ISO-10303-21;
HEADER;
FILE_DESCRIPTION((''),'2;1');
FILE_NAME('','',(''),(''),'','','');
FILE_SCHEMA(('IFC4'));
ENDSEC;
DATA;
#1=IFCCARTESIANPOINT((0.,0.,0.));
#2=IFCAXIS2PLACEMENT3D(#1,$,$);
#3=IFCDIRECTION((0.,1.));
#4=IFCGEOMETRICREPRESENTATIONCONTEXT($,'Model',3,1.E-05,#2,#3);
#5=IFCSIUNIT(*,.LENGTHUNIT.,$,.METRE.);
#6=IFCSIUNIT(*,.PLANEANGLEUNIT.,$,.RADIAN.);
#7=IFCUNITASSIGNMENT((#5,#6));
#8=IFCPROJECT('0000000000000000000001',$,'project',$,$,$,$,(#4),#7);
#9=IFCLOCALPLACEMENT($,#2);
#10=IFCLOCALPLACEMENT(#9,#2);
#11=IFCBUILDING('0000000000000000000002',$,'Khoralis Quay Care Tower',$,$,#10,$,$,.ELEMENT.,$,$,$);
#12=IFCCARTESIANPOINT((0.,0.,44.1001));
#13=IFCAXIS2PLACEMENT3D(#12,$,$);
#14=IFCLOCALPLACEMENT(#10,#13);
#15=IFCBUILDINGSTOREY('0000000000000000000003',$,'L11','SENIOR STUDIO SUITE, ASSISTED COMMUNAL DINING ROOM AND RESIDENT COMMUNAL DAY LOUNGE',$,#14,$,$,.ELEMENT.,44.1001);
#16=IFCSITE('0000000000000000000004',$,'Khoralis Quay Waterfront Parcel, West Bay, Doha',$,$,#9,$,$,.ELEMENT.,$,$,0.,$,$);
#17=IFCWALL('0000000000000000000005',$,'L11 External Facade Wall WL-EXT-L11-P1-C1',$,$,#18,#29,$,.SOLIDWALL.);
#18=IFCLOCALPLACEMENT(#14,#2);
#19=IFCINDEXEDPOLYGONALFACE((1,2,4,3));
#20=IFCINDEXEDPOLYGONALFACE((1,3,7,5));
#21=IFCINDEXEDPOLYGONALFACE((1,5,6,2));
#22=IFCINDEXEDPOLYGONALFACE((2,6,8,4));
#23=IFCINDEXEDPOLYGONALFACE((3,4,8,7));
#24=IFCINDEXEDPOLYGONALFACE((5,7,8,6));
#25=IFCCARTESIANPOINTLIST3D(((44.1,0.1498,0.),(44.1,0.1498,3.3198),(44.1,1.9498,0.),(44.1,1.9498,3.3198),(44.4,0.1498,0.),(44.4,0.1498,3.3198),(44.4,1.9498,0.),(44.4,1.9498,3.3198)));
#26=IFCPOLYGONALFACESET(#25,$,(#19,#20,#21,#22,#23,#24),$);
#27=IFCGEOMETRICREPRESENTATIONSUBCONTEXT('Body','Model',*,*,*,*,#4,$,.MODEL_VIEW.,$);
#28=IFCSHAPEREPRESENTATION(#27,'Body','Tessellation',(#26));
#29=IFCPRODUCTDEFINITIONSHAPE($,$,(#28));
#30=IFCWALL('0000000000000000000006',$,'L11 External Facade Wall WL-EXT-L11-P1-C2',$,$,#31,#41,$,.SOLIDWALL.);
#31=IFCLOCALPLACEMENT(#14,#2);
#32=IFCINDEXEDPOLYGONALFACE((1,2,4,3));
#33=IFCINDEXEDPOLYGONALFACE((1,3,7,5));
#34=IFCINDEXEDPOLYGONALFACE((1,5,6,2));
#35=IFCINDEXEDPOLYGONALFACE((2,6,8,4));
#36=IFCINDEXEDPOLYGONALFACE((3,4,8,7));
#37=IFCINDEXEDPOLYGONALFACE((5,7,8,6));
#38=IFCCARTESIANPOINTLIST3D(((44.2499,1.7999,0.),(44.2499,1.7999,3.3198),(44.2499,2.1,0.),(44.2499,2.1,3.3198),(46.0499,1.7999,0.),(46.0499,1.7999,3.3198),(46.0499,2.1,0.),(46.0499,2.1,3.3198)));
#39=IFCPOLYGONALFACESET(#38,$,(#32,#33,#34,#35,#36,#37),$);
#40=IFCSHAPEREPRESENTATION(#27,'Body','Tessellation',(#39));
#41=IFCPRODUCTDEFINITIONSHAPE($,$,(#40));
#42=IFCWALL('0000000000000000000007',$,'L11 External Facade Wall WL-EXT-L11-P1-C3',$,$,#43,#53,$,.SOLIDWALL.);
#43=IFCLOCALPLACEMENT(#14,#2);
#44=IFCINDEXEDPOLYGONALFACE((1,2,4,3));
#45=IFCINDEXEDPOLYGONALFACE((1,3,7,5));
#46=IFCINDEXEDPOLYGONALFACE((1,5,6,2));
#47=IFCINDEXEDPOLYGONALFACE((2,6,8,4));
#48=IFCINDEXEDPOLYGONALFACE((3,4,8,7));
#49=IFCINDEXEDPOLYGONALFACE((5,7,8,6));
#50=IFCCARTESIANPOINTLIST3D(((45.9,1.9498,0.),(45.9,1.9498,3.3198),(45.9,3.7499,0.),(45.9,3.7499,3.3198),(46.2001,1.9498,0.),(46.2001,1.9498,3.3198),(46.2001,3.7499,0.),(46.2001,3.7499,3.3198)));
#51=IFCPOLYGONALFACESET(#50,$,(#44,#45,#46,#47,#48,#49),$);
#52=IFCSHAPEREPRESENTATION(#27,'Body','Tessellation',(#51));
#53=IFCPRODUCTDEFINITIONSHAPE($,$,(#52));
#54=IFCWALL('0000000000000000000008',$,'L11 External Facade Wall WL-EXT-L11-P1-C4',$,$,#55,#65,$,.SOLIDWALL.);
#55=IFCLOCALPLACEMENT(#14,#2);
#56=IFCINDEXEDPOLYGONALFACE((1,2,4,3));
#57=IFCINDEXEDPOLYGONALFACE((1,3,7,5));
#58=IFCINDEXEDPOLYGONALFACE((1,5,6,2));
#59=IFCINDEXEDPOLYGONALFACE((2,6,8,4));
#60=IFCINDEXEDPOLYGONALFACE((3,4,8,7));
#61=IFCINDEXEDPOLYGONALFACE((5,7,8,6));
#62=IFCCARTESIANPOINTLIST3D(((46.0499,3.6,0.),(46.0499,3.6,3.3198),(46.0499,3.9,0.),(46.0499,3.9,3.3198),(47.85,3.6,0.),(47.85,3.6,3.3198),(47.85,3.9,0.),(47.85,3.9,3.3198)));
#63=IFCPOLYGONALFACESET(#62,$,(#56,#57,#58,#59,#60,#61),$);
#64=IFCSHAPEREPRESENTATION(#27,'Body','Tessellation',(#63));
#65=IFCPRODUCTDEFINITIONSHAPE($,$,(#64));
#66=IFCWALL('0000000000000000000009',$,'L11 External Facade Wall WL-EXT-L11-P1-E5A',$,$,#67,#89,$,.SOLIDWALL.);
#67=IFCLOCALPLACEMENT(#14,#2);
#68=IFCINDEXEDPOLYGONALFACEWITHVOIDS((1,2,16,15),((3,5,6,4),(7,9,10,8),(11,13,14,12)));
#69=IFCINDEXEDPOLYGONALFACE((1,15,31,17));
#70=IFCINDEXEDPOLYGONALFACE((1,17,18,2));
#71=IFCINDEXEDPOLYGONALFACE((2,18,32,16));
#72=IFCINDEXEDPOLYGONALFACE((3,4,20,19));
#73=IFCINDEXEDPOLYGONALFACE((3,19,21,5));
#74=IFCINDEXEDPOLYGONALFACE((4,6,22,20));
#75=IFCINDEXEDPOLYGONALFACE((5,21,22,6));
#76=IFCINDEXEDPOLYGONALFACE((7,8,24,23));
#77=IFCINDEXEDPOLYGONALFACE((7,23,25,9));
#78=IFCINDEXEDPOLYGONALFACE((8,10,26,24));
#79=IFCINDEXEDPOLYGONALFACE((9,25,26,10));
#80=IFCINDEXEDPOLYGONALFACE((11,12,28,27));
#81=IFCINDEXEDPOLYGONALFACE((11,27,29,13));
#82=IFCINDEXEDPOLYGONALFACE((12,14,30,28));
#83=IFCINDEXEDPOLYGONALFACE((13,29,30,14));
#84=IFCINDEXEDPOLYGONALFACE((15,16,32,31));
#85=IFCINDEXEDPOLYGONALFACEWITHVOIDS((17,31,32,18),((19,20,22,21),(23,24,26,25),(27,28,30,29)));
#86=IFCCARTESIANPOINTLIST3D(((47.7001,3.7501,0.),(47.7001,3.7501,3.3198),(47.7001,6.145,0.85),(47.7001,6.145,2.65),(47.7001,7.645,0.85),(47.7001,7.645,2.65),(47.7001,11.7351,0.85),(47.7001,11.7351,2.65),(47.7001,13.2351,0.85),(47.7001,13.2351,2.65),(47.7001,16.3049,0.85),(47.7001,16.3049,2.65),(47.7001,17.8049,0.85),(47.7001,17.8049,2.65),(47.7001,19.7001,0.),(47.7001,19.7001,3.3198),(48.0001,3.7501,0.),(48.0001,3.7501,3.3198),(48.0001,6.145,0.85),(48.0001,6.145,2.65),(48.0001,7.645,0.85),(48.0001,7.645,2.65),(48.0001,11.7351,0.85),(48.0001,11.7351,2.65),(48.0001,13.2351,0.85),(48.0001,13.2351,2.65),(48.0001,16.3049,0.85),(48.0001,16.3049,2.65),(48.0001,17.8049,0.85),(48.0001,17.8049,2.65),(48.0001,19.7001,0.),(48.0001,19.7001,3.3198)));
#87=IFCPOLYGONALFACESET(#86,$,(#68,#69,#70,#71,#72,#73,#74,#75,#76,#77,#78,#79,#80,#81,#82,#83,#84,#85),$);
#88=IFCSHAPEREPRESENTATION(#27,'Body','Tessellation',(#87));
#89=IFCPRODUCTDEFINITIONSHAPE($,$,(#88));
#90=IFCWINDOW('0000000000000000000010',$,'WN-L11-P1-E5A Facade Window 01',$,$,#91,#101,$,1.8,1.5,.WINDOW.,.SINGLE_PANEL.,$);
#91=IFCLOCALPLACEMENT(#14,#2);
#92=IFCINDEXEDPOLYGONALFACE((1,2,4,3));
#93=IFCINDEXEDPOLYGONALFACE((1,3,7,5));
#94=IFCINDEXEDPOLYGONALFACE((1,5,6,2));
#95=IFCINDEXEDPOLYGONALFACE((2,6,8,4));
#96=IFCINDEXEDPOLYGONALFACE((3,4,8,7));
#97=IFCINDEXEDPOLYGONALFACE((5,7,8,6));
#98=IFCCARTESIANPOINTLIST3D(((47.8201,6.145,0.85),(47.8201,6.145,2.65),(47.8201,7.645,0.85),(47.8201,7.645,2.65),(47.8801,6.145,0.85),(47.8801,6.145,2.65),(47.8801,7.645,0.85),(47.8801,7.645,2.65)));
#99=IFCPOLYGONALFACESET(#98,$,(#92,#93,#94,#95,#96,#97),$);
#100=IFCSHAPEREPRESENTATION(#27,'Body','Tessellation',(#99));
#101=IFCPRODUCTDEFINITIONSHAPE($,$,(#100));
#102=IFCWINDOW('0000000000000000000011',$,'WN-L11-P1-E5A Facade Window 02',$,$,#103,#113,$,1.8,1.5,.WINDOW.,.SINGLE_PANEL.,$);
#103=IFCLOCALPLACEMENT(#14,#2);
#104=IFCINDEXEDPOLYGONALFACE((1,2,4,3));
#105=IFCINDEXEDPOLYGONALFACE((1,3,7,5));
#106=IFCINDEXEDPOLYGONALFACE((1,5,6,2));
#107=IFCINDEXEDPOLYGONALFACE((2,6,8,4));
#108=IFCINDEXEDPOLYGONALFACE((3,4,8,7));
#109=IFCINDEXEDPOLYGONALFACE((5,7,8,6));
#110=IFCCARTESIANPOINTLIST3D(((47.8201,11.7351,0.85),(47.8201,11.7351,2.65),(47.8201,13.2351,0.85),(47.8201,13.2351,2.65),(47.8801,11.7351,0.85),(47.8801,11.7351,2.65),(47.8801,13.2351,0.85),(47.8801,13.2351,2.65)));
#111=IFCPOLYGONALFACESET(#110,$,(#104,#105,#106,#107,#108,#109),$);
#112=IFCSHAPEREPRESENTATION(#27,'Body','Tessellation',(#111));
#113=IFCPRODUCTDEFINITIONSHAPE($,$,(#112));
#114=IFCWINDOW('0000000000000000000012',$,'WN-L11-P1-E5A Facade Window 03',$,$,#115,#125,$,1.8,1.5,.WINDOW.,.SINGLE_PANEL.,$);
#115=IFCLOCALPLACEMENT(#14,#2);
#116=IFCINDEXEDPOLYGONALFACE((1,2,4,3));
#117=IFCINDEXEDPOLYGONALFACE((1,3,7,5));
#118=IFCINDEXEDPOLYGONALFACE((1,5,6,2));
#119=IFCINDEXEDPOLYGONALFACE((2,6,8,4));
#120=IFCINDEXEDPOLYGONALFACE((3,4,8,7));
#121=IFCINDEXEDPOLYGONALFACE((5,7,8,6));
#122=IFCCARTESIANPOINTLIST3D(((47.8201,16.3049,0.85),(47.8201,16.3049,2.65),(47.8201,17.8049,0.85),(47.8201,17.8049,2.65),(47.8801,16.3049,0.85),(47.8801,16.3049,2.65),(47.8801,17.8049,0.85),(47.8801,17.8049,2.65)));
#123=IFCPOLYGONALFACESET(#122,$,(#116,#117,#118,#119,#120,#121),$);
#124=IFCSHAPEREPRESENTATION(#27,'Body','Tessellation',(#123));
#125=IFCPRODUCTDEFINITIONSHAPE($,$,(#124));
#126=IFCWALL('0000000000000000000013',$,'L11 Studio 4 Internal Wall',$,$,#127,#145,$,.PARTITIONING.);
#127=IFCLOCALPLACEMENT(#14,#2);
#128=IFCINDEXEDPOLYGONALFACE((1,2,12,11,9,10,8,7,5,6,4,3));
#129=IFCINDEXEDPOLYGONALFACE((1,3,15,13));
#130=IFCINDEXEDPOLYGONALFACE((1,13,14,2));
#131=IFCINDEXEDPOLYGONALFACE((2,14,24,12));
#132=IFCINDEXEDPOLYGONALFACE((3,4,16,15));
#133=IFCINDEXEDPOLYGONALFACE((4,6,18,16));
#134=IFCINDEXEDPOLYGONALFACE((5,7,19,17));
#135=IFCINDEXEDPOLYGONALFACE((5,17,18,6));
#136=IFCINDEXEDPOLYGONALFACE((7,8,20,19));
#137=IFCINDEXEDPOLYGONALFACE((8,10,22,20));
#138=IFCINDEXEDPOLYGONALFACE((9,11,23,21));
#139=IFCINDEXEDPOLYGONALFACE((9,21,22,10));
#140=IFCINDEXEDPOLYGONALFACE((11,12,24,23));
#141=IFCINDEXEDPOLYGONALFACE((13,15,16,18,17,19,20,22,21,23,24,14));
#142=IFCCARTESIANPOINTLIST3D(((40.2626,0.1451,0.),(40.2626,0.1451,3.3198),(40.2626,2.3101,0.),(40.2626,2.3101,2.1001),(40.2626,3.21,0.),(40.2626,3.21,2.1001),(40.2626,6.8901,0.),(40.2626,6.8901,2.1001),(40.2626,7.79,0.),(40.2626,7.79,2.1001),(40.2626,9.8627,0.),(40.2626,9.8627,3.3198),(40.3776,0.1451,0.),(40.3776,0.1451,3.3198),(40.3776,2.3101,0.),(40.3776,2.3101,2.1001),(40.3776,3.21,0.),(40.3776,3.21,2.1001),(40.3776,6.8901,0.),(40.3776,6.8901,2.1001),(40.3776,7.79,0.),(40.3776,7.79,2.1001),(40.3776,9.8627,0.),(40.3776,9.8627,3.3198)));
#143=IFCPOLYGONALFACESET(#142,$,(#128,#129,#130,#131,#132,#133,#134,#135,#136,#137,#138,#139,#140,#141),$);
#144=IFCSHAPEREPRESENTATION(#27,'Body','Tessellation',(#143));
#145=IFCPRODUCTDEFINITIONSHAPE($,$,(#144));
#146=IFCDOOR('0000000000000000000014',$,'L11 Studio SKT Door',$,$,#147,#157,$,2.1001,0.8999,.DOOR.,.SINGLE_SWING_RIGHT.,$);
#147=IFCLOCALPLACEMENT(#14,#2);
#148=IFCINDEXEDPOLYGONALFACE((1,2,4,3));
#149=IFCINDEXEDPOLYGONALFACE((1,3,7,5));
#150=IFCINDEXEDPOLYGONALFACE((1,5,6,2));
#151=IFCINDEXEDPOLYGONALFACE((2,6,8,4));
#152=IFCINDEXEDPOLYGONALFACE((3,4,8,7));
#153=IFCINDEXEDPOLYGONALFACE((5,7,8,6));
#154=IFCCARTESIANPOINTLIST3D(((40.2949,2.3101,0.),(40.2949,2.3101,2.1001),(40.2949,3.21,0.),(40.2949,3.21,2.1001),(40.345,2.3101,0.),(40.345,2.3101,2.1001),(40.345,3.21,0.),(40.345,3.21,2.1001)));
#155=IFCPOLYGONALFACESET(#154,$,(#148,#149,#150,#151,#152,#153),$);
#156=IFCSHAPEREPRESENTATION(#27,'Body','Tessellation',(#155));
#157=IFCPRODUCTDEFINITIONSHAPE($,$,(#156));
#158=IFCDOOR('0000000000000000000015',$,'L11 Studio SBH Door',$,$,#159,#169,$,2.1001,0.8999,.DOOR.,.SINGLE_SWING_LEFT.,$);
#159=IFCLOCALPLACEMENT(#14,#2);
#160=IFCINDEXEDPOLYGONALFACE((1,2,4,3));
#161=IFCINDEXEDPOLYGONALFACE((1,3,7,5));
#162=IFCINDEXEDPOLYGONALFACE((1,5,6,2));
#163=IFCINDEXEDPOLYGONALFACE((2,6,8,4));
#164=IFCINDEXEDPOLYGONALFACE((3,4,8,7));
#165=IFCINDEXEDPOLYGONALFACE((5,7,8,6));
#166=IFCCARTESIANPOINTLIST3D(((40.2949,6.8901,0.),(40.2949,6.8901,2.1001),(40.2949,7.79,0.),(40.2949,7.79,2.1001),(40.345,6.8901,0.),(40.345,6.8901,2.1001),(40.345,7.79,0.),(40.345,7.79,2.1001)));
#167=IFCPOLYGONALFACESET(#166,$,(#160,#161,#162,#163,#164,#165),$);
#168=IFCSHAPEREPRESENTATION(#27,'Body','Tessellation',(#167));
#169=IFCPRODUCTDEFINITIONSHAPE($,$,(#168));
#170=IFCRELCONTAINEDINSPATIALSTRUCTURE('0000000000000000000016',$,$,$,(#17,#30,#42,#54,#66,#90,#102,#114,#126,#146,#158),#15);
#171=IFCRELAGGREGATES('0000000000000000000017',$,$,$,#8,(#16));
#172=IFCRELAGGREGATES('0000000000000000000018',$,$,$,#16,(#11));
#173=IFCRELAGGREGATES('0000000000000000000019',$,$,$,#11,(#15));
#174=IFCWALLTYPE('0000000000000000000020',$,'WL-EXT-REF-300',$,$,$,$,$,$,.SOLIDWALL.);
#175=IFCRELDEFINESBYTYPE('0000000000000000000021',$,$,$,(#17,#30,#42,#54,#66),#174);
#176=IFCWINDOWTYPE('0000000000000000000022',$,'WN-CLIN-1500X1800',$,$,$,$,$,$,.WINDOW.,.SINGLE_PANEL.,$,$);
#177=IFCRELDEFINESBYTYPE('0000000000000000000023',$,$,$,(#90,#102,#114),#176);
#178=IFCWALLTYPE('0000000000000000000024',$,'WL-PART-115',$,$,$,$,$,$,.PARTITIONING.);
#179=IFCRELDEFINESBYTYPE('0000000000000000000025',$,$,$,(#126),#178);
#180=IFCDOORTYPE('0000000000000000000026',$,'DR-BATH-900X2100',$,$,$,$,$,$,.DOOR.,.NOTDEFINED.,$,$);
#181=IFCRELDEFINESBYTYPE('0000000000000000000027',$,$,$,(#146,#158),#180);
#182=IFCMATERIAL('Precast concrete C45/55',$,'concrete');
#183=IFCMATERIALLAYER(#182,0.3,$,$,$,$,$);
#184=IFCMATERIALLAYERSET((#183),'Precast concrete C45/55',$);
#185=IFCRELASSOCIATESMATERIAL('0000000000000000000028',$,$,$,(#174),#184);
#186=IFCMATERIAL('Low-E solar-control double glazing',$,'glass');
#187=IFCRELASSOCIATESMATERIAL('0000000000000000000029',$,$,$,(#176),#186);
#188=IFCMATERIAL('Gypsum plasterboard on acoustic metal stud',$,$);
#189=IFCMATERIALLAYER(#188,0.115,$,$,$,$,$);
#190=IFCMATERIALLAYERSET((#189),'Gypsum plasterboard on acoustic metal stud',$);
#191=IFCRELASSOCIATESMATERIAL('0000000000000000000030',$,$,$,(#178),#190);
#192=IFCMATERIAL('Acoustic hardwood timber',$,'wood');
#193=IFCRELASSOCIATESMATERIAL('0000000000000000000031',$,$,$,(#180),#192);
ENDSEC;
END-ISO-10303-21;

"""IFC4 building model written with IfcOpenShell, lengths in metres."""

from ifc_helpers import new_model, si_unit, direction, frame, frame_2d, origin, place, context, subcontext, project, spatial, rectangle, extrude, source, transform, mapped, material, layer, layer_set, type_object, element, fill, save


model = new_model("IFC4")

# Units and contexts
model_context = context("Model", 3, precision=1e-05, world=origin(), true_north=direction((0.0, 1.0)))
body_context = subcontext(model_context, "Body", "Model", "MODEL_VIEW")
ifc_project = project(units=[si_unit("LENGTHUNIT", "METRE"), si_unit("PLANEANGLEUNIT", "RADIAN")], contexts=[model_context])

# Site, building, storey
site_placement = place(None, origin())
site = spatial("IfcSite", under=ifc_project, at=site_placement, Name="Khoralis Quay Waterfront Parcel, West Bay, Doha", CompositionType="ELEMENT", RefElevation=0.0)
building_placement = place(site_placement, origin())
building = spatial("IfcBuilding", under=site, at=building_placement, Name="Khoralis Quay Care Tower", CompositionType="ELEMENT")
storey_placement = place(building_placement, frame((0.0, 0.0, 44.1001)))
storey = spatial("IfcBuildingStorey", under=building, at=storey_placement, Name="L11", Description="SENIOR STUDIO SUITE, ASSISTED COMMUNAL DINING ROOM AND RESIDENT COMMUNAL DAY LOUNGE", CompositionType="ELEMENT", Elevation=44.1001)

# Shared definitions
ifc_material_1 = material(Name="Gypsum plasterboard on acoustic metal stud")

# Shared definitions
ifc_material_2 = material(Name="Acoustic hardwood timber", Category="wood")

# Walls
ifc_material_3 = material(Name="Precast concrete C45/55", Category="concrete")
ifc_layer_1 = layer(ifc_material_3, 0.3)
ifc_layer_set_1 = layer_set([ifc_layer_1], Name="Precast concrete C45/55")
wall_type_1 = type_object("IfcWallType", Name="WL-EXT-REF-300", PredefinedType="SOLIDWALL", material=ifc_layer_set_1)
for number, where, z_axis, x_axis, name in (
    (1, (44.25, 0.1499, 0.0), (0.0, 0.0, 1.0), (0.0, 1.0, 0.0), "L11 External Facade Wall WL-EXT-L11-P1-C1"),
    (2, (44.25, 1.95, 0.0), (0.0, 0.0, 1.0), (1.0, 0.0, 0.0), "L11 External Facade Wall WL-EXT-L11-P1-C2"),
    (3, (46.05, 1.95, 0.0), (0.0, 0.0, 1.0), (0.0, 1.0, 0.0), "L11 External Facade Wall WL-EXT-L11-P1-C3"),
    (4, (46.05, 3.75, 0.0), (0.0, 0.0, 1.0), (1.0, 0.0, 0.0), "L11 External Facade Wall WL-EXT-L11-P1-C4"),
):
    element("IfcWall", number, at=place(storey_placement, frame(where, z_axis=z_axis, x_axis=x_axis)), inside=storey, type_object=wall_type_1, Name=name, PredefinedType="SOLIDWALL", context=body_context, shape_type="SweptSolid", body=[
        extrude(rectangle(XDim=1.8, YDim=0.3, at=frame_2d((0.8999, 0.0))), origin(), (0.0, 0.0, 1.0), 3.3198),
    ])

# Wall, openings, windows
wall_1_placement = place(storey_placement, frame((47.8501, 3.75, 0.0), z_axis=(0.0, 0.0, 1.0), x_axis=(0.0, 1.0, 0.0)))
wall_1 = element("IfcWall", 5, at=wall_1_placement, inside=storey, type_object=wall_type_1, Name="L11 External Facade Wall WL-EXT-L11-P1-E5A", PredefinedType="SOLIDWALL", context=body_context, shape_type="SweptSolid", body=[
    extrude(rectangle(XDim=15.95, YDim=0.3, at=frame_2d((7.9751, 0.0))), origin(), (0.0, 0.0, 1.0), 3.3198),
])
opening_1_placement = place(wall_1_placement, frame((2.395, 0.0, 0.8501)))
opening_1 = element("IfcOpeningElement", 6, at=opening_1_placement, cuts=wall_1, PredefinedType="OPENING", context=body_context, shape_type="SweptSolid", body=[
    extrude(rectangle(XDim=1.5, YDim=1.8, at=frame_2d((0.75, 0.8999))), frame((0.0, 0.1602, 0.0), z_axis=(0.0, -1.0, 0.0), x_axis=(1.0, 0.0, 0.0)), (0.0, 0.0, 1.0), 0.3201),
])
opening_2_placement = place(wall_1_placement, frame((7.9851, 0.0, 0.8501)))
opening_2 = element("IfcOpeningElement", 7, at=opening_2_placement, cuts=wall_1, PredefinedType="OPENING", context=body_context, shape_type="SweptSolid", body=[
    extrude(rectangle(XDim=1.5, YDim=1.8, at=frame_2d((0.75, 0.8999))), frame((0.0, 0.1602, 0.0), z_axis=(0.0, -1.0, 0.0), x_axis=(1.0, 0.0, 0.0)), (0.0, 0.0, 1.0), 0.3201),
])
opening_3_placement = place(wall_1_placement, frame((12.5549, 0.0, 0.8501)))
opening_3 = element("IfcOpeningElement", 8, at=opening_3_placement, cuts=wall_1, PredefinedType="OPENING", context=body_context, shape_type="SweptSolid", body=[
    extrude(rectangle(XDim=1.5, YDim=1.8, at=frame_2d((0.75, 0.8999))), frame((0.0, 0.1602, 0.0), z_axis=(0.0, -1.0, 0.0), x_axis=(1.0, 0.0, 0.0)), (0.0, 0.0, 1.0), 0.3201),
])
ifc_material_4 = material(Name="Low-E solar-control double glazing", Category="glass")
window_type = type_object("IfcWindowType", Name="WN-CLIN-1500X1800", PartitioningType="SINGLE_PANEL", PredefinedType="WINDOW", material=ifc_material_4)
shared_shape_1 = source(origin(), body_context, "Body", "SweptSolid", [
    extrude(rectangle(XDim=1.5, YDim=1.8, at=frame_2d((0.75, 0.8999))), frame((0.0, 0.03, 0.0), z_axis=(0.0, -1.0, 0.0), x_axis=(1.0, 0.0, 0.0)), (0.0, 0.0, 1.0), 0.0601),
])
window_1_placement = place(opening_1_placement, origin())
window_1 = element("IfcWindow", 9, at=window_1_placement, inside=storey, type_object=window_type, Name="WN-L11-P1-E5A Facade Window 01", OverallHeight=1.8, OverallWidth=1.5, PartitioningType="SINGLE_PANEL", PredefinedType="WINDOW", context=body_context, shape_type="MappedRepresentation", body=[
    mapped(shared_shape_1, transform((0.0, 0.0, 0.0), scale=1.0)),
])
fill(opening_1, window_1)
window_2_placement = place(opening_2_placement, origin())
window_2 = element("IfcWindow", 10, at=window_2_placement, inside=storey, type_object=window_type, Name="WN-L11-P1-E5A Facade Window 02", OverallHeight=1.8, OverallWidth=1.5, PartitioningType="SINGLE_PANEL", PredefinedType="WINDOW", context=body_context, shape_type="MappedRepresentation", body=[
    mapped(shared_shape_1, transform((0.0, 0.0, 0.0), scale=1.0)),
])
fill(opening_2, window_2)
window_3_placement = place(opening_3_placement, origin())
window_3 = element("IfcWindow", 11, at=window_3_placement, inside=storey, type_object=window_type, Name="WN-L11-P1-E5A Facade Window 03", OverallHeight=1.8, OverallWidth=1.5, PartitioningType="SINGLE_PANEL", PredefinedType="WINDOW", context=body_context, shape_type="MappedRepresentation", body=[
    mapped(shared_shape_1, transform((0.0, 0.0, 0.0), scale=1.0)),
])
fill(opening_3, window_3)

# Wall, openings, doors
ifc_layer_2 = layer(ifc_material_1, 0.115)
ifc_layer_set_2 = layer_set([ifc_layer_2], Name="Gypsum plasterboard on acoustic metal stud")
wall_type_2 = type_object("IfcWallType", Name="WL-PART-115", PredefinedType="PARTITIONING", material=ifc_layer_set_2)
wall_2_placement = place(storey_placement, frame((40.3201, 0.145, 0.0), z_axis=(0.0, 0.0, 1.0), x_axis=(0.0, 1.0, 0.0)))
wall_2 = element("IfcWall", 12, at=wall_2_placement, inside=storey, type_object=wall_type_2, Name="L11 Studio 4 Internal Wall", PredefinedType="PARTITIONING", context=body_context, shape_type="SweptSolid", body=[
    extrude(rectangle(XDim=9.7175, YDim=0.115, at=frame_2d((4.8589, 0.0))), origin(), (0.0, 0.0, 1.0), 3.3198),
])
opening_4_placement = place(wall_2_placement, frame((2.165, 0.0, 0.0)))
opening_4 = element("IfcOpeningElement", 13, at=opening_4_placement, cuts=wall_2, PredefinedType="OPENING", context=body_context, shape_type="SweptSolid", body=[
    extrude(rectangle(XDim=0.8999, YDim=2.1001, at=frame_2d((0.45, 1.05))), frame((0.0, 0.0674, 0.0), z_axis=(0.0, -1.0, 0.0), x_axis=(1.0, 0.0, 0.0)), (0.0, 0.0, 1.0), 0.135),
])
opening_5_placement = place(wall_2_placement, frame((6.7451, 0.0, 0.0)))
opening_5 = element("IfcOpeningElement", 14, at=opening_5_placement, cuts=wall_2, PredefinedType="OPENING", context=body_context, shape_type="SweptSolid", body=[
    extrude(rectangle(XDim=0.8999, YDim=2.1001, at=frame_2d((0.45, 1.05))), frame((0.0, 0.0674, 0.0), z_axis=(0.0, -1.0, 0.0), x_axis=(1.0, 0.0, 0.0)), (0.0, 0.0, 1.0), 0.135),
])
door_type_1 = type_object("IfcDoorType", Name="DR-BATH-900X2100", OperationType="NOTDEFINED", PredefinedType="DOOR", material=ifc_material_2)
shared_shape_2 = source(origin(), body_context, "Body", "SweptSolid", [
    extrude(rectangle(XDim=0.8999, YDim=2.1001, at=frame_2d((0.45, 1.05))), frame((0.0, 0.0249, 0.0), z_axis=(0.0, -1.0, 0.0), x_axis=(1.0, 0.0, 0.0)), (0.0, 0.0, 1.0), 0.05),
])
door_1_placement = place(opening_4_placement, frame((0.8999, 0.0, 0.0), z_axis=(0.0, 0.0, 1.0), x_axis=(-1.0, 0.0, 0.0)))
door_1 = element("IfcDoor", 15, at=door_1_placement, inside=storey, type_object=door_type_1, Name="L11 Studio SKT Door", OperationType="SINGLE_SWING_RIGHT", OverallHeight=2.1001, OverallWidth=0.8999, PredefinedType="DOOR", context=body_context, shape_type="MappedRepresentation", body=[
    mapped(shared_shape_2, transform((0.0, 0.0, 0.0), scale=1.0)),
])
fill(opening_4, door_1)
door_2_placement = place(opening_5_placement, frame((0.8999, 0.0, 0.0), z_axis=(0.0, 0.0, 1.0), x_axis=(-1.0, 0.0, 0.0)))
door_2 = element("IfcDoor", 16, at=door_2_placement, inside=storey, type_object=door_type_1, Name="L11 Studio SBH Door", OperationType="SINGLE_SWING_LEFT", OverallHeight=2.1001, OverallWidth=0.8999, PredefinedType="DOOR", context=body_context, shape_type="MappedRepresentation", body=[
    mapped(shared_shape_2, transform((0.0, 0.0, 0.0), scale=1.0)),
])
fill(opening_5, door_2)

save(model, "model.ifc")
